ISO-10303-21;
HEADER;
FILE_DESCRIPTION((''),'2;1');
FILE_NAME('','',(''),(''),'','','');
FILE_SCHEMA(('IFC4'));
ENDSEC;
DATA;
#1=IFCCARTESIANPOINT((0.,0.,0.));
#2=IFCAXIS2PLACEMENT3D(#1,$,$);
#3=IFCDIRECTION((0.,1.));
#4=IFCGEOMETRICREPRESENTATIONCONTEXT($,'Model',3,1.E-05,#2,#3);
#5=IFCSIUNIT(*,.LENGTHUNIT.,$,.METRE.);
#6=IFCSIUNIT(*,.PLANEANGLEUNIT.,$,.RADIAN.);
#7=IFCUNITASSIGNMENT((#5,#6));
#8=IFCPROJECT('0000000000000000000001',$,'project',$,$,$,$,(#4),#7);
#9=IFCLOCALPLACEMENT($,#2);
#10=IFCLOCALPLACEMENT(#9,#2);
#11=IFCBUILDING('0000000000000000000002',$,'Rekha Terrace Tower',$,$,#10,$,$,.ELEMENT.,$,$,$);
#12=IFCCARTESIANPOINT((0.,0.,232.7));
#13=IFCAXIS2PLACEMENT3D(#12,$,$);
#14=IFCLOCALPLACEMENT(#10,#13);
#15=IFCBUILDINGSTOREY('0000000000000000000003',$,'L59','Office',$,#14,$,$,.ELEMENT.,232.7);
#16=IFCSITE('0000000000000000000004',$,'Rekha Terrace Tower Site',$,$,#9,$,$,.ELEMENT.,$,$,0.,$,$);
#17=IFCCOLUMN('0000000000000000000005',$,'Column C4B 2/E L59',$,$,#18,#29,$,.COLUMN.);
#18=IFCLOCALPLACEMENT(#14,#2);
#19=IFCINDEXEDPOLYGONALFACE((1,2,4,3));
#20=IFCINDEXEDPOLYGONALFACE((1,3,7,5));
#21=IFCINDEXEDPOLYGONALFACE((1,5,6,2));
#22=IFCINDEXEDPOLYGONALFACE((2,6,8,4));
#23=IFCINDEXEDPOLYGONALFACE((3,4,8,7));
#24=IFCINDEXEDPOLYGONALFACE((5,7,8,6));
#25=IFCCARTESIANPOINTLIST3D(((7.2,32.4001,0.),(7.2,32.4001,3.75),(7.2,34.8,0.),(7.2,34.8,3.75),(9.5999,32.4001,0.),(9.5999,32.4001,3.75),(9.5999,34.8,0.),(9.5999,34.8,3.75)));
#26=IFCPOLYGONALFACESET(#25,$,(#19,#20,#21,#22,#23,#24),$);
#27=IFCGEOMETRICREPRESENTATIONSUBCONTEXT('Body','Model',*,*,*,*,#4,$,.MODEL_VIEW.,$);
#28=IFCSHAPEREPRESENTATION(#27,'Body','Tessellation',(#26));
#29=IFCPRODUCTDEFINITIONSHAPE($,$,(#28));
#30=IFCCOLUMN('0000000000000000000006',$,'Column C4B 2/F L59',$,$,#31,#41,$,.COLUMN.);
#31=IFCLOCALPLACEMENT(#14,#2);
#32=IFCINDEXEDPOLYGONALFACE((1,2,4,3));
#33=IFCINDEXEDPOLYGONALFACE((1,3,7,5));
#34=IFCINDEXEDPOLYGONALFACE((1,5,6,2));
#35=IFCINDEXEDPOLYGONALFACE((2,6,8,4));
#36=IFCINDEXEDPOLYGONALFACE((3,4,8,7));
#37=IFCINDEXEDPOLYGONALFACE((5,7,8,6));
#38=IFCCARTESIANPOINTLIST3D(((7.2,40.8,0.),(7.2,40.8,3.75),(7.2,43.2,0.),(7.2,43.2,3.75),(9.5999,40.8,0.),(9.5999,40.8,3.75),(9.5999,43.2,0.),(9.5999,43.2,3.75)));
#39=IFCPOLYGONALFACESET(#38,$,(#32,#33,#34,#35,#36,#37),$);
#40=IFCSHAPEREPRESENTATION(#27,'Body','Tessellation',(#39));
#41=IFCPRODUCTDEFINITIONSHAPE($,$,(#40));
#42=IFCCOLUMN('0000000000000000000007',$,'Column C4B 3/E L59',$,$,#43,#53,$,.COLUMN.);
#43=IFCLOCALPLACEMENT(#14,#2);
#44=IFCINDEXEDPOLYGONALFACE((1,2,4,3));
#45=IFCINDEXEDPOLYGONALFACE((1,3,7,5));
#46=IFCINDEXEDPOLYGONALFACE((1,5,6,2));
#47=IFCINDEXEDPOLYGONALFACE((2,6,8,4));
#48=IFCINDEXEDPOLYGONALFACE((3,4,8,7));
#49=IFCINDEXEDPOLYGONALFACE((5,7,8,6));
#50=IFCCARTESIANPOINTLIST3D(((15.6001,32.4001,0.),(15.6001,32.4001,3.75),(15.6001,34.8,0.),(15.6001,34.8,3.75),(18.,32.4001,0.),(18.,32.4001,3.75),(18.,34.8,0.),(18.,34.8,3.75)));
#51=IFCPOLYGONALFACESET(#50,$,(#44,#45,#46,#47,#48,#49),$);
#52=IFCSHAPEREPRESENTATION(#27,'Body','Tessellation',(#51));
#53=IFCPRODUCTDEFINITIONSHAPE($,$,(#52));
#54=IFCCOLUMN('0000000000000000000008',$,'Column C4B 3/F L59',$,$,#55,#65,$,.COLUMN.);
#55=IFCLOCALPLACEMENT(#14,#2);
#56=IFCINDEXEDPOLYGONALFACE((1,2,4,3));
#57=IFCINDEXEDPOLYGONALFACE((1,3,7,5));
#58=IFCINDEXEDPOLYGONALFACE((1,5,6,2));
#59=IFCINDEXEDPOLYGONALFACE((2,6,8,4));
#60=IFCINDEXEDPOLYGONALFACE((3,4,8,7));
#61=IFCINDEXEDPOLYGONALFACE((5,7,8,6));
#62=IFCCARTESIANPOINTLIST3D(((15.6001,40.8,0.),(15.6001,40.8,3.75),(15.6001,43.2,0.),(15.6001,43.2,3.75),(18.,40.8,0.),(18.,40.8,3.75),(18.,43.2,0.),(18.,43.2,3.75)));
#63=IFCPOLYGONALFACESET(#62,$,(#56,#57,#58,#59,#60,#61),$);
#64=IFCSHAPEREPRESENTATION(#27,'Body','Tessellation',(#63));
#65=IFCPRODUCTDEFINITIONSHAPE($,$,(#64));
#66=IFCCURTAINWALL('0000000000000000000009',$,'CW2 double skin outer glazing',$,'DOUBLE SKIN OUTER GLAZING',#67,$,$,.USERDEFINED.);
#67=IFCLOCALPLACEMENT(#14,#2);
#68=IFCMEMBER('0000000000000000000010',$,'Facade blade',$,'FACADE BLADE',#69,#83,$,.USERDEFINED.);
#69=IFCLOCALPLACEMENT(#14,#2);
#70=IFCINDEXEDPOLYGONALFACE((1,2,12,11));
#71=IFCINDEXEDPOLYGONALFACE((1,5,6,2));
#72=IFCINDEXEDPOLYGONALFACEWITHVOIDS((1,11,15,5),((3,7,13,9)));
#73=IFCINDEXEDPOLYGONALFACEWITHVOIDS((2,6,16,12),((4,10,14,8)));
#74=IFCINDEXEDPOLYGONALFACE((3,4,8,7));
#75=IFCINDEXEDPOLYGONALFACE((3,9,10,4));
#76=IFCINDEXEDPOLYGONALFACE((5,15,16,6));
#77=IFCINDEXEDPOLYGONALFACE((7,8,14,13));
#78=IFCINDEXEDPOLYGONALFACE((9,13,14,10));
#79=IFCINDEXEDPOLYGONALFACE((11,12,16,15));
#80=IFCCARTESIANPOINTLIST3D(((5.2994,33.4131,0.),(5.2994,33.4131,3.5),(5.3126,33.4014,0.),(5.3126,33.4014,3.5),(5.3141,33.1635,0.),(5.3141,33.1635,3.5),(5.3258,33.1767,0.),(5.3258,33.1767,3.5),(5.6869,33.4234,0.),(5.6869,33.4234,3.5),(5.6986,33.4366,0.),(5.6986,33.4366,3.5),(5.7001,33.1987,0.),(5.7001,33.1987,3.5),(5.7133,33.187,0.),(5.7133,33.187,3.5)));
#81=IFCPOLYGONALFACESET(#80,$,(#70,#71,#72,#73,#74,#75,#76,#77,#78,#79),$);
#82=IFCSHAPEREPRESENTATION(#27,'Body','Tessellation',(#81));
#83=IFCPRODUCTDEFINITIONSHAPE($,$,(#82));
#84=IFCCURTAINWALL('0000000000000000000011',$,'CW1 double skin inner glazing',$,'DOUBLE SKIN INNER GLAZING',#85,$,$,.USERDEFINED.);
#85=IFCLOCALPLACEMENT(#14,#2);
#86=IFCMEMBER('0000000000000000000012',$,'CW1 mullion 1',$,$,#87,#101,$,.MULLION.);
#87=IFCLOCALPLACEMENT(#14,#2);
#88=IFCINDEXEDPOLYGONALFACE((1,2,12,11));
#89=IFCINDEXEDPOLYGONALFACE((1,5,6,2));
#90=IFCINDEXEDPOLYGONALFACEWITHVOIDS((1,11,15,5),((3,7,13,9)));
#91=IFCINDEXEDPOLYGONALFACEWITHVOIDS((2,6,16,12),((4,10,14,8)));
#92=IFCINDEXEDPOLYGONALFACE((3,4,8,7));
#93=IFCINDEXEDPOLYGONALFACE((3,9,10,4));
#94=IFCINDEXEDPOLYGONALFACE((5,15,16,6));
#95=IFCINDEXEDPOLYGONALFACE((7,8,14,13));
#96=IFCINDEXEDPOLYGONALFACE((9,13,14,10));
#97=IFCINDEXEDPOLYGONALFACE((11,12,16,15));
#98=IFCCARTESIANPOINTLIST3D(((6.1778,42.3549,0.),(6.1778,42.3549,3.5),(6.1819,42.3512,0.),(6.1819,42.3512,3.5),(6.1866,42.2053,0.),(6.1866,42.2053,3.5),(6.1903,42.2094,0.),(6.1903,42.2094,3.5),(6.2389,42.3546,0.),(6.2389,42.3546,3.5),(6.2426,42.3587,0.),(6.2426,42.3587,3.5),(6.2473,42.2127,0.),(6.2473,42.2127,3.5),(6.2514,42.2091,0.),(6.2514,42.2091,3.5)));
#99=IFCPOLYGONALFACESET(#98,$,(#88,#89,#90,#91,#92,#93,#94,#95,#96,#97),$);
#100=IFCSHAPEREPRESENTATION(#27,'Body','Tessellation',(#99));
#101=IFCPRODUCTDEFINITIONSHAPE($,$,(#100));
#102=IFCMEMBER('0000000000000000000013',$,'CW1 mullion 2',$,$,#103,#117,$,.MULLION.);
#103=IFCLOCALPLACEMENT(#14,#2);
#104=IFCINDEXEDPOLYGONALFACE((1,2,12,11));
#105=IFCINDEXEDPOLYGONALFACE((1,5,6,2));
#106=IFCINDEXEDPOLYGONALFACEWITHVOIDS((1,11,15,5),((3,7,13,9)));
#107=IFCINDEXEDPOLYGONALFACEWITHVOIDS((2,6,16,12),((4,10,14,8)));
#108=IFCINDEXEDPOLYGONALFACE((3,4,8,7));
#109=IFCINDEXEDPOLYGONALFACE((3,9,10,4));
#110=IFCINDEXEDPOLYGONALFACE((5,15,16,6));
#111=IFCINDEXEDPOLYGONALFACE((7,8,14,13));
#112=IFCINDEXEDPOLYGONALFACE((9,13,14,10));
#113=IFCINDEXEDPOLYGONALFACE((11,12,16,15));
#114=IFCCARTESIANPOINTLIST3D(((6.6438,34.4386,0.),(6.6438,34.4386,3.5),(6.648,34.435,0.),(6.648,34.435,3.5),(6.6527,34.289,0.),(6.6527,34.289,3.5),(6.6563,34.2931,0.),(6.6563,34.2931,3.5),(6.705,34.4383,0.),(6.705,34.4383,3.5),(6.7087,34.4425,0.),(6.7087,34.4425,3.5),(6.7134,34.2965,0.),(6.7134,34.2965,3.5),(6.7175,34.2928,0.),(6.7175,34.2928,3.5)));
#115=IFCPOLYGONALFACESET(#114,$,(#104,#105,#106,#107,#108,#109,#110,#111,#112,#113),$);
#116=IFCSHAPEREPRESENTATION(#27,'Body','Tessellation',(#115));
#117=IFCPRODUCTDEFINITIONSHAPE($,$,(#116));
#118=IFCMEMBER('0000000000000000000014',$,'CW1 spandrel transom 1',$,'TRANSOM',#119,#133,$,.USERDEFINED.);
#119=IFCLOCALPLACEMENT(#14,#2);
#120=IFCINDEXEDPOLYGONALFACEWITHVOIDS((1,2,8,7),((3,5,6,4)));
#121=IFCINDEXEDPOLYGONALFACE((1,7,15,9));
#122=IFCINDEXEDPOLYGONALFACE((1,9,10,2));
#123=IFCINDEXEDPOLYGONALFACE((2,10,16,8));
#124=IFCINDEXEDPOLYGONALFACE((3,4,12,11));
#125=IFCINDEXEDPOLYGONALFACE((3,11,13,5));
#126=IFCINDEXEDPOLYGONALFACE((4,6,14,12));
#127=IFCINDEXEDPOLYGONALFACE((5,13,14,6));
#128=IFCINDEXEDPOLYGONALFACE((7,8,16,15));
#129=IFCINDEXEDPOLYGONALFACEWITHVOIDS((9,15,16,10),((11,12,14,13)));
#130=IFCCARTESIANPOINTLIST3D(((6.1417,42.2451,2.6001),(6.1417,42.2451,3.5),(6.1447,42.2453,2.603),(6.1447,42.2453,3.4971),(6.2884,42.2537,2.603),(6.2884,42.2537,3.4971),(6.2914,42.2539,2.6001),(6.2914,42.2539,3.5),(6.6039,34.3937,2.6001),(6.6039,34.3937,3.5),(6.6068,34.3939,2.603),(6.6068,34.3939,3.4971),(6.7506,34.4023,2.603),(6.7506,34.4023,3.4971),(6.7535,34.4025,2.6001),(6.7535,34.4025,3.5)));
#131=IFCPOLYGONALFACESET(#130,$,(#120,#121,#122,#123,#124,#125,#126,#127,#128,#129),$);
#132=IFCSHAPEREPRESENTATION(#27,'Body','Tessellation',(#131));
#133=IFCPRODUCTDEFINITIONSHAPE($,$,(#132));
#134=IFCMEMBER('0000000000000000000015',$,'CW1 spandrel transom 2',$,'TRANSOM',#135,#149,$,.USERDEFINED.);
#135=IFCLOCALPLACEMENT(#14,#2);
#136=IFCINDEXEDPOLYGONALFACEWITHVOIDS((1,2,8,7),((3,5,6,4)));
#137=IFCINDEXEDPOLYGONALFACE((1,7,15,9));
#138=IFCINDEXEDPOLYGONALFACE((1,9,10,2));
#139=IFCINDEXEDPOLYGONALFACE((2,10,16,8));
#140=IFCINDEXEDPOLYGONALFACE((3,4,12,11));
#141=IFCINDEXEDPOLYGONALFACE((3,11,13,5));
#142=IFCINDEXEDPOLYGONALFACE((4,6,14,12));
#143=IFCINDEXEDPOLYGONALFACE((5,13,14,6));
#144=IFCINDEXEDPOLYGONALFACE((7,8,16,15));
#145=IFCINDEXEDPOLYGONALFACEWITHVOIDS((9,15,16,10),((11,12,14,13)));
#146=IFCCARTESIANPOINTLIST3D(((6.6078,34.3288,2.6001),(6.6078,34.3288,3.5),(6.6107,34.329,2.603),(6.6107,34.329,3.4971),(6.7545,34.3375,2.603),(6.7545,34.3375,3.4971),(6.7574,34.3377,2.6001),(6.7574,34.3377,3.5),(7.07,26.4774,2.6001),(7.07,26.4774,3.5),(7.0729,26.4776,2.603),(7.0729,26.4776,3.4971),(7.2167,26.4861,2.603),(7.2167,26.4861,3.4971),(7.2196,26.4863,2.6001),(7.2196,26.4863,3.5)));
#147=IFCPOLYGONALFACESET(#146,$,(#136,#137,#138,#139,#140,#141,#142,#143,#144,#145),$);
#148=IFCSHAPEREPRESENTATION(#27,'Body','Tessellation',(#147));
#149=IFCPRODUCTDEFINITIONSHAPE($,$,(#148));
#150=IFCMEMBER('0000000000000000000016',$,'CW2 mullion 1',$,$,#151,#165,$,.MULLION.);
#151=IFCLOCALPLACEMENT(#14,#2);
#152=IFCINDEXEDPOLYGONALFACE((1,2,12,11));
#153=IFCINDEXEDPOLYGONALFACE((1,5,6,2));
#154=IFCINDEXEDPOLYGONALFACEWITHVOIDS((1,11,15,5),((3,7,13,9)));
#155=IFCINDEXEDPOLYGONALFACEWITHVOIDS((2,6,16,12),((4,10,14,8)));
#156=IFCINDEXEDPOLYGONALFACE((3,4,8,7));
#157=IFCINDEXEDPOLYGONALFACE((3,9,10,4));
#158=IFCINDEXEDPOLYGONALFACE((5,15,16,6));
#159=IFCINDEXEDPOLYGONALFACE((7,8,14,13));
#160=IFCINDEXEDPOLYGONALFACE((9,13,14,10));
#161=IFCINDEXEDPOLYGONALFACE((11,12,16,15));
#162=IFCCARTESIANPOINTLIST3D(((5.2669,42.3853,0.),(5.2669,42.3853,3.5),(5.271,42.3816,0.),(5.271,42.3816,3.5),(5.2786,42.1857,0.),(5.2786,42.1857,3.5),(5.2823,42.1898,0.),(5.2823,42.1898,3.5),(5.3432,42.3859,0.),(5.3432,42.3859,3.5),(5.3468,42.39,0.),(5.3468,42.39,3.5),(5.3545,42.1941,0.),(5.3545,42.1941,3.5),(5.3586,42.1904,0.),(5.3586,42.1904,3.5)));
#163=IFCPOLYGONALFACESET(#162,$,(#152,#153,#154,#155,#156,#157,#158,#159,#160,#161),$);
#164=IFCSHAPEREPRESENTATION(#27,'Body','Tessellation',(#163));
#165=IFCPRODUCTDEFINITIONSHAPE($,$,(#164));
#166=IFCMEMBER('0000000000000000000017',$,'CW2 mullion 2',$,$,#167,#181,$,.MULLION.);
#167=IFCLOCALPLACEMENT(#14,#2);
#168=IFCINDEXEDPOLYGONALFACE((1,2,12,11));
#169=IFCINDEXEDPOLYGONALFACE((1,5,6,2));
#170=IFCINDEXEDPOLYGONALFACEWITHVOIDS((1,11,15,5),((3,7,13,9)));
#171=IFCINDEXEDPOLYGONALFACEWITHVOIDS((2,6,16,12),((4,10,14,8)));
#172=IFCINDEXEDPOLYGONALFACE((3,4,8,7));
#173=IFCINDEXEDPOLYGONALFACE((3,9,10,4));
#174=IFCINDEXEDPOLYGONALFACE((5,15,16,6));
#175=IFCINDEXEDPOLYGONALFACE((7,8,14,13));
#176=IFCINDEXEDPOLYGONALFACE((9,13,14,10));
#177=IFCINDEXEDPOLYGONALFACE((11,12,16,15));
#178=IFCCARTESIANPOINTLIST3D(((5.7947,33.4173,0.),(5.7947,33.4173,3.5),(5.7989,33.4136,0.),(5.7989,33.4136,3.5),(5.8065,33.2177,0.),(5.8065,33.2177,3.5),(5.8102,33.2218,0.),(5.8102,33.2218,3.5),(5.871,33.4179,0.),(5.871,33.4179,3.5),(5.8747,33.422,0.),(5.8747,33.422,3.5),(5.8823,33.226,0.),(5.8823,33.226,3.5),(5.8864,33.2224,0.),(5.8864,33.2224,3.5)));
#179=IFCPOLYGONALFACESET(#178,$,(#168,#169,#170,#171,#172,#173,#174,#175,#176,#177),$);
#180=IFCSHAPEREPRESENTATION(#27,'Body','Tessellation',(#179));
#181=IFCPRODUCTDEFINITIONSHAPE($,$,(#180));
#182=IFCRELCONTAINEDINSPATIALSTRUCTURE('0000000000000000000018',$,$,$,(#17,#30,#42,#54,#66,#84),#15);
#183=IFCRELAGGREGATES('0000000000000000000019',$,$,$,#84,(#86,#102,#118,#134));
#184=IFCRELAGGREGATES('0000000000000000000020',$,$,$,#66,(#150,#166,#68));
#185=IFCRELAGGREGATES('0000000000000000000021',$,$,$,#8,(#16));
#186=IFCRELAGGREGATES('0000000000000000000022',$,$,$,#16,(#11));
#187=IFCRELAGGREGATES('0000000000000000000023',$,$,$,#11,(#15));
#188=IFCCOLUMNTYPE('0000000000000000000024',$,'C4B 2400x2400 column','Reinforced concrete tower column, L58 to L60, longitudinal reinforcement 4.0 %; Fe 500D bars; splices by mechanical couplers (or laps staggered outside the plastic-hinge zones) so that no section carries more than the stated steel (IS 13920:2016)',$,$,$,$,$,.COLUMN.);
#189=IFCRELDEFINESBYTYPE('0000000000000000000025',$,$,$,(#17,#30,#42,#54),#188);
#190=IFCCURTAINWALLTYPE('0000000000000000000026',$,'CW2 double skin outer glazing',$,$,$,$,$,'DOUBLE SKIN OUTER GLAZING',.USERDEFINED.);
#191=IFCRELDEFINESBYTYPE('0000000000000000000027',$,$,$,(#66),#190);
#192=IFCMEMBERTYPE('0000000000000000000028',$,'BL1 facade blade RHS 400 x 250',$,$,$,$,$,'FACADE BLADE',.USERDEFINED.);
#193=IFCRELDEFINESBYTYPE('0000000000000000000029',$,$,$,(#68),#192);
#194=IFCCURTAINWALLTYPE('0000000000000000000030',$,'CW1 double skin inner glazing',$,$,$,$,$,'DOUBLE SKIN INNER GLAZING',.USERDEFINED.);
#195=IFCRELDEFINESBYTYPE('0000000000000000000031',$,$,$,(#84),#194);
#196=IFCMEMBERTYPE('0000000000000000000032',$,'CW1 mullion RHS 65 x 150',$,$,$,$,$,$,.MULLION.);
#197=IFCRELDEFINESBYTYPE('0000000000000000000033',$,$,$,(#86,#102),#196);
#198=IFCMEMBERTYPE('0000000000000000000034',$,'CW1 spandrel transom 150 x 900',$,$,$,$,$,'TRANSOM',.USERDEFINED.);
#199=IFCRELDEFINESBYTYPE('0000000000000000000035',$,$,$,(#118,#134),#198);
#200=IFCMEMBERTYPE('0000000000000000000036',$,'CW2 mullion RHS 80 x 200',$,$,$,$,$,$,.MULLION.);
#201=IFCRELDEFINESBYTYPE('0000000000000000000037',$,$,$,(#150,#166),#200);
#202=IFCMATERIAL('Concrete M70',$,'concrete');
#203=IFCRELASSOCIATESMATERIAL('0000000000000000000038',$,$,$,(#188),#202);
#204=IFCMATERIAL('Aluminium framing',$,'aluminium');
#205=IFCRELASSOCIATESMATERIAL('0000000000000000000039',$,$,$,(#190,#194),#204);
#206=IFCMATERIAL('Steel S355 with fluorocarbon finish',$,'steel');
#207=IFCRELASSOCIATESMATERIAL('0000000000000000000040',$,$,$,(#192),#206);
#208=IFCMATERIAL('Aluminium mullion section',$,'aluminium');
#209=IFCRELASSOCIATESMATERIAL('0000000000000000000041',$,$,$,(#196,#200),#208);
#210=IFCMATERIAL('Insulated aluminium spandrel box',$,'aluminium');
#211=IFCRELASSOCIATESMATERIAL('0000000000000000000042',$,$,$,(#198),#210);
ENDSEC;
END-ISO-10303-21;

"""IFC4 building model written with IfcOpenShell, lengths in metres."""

from ifc_helpers import new_model, si_unit, direction, frame, origin, origin_2d, place, context, subcontext, project, spatial, rectangle, hollow_rectangle, extrude, material, material_profile, profile_set, type_object, element, aggregate, save


model = new_model("IFC4")

# Units and contexts
model_context = context("Model", 3, precision=1e-05, world=origin(), true_north=direction((0.0, 1.0)))
body_context = subcontext(model_context, "Body", "Model", "MODEL_VIEW")
ifc_project = project(units=[si_unit("LENGTHUNIT", "METRE"), si_unit("PLANEANGLEUNIT", "RADIAN")], contexts=[model_context])

# Site, building, storey
site_placement = place(None, origin())
site = spatial("IfcSite", under=ifc_project, at=site_placement, Name="Rekha Terrace Tower Site", CompositionType="ELEMENT", RefElevation=0.0)
building_placement = place(site_placement, origin())
building = spatial("IfcBuilding", under=site, at=building_placement, Name="Rekha Terrace Tower", CompositionType="ELEMENT")
storey_placement = place(building_placement, frame((0.0, 0.0, 232.7)))
storey = spatial("IfcBuildingStorey", under=building, at=storey_placement, Name="L59", Description="Office", CompositionType="ELEMENT", Elevation=232.7)

# Columns
ifc_material_1 = material(Name="Concrete M70", Category="concrete")
ifc_material_profile_1 = material_profile(ifc_material_1, rectangle(XDim=2.3999, YDim=2.3999, at=origin_2d()), Name="RC 2400x2400")
ifc_profile_set_1 = profile_set([ifc_material_profile_1], Name="Concrete M70")
column_type = type_object("IfcColumnType", Name="C4B 2400x2400 column", Description="Reinforced concrete tower column, L58 to L60, longitudinal reinforcement 4.0 %; Fe 500D bars; splices by mechanical couplers (or laps staggered outside the plastic-hinge zones) so that no section carries more than the stated steel (IS 13920:2016)", PredefinedType="COLUMN", material=ifc_profile_set_1)
for number, where, z_axis, x_axis, name in (
    (1, (8.3999, 33.6001, 0.0), (0.0, 0.0, 1.0), (1.0, 0.0, 0.0), "Column C4B 2/E L59"),
    (2, (8.3999, 42.0, 0.0), (0.0, 0.0, 1.0), (1.0, 0.0, 0.0), "Column C4B 2/F L59"),
    (3, (16.8, 33.6001, 0.0), (0.0, 0.0, 1.0), (1.0, 0.0, 0.0), "Column C4B 3/E L59"),
    (4, (16.8, 42.0, 0.0), (0.0, 0.0, 1.0), (1.0, 0.0, 0.0), "Column C4B 3/F L59"),
):
    element("IfcColumn", number, at=place(storey_placement, frame(where, z_axis=z_axis, x_axis=x_axis)), inside=storey, type_object=column_type, Name=name, PredefinedType="COLUMN", context=body_context, shape_type="SweptSolid", body=[
        extrude(rectangle(XDim=2.3999, YDim=2.3999, at=origin_2d()), origin(), (0.0, 0.0, 1.0), 3.75),
    ])

# Curtain wall, member
ifc_material_2 = material(Name="Aluminium framing", Category="aluminium")
curtain_wall_type_1 = type_object("IfcCurtainWallType", Name="CW2 double skin outer glazing", ElementType="DOUBLE SKIN OUTER GLAZING", PredefinedType="USERDEFINED", material=ifc_material_2)
curtain_wall_1_placement = place(storey_placement, origin())
curtain_wall_1 = element("IfcCurtainWall", 5, at=curtain_wall_1_placement, inside=storey, type_object=curtain_wall_type_1, Name="CW2 double skin outer glazing", ObjectType="DOUBLE SKIN OUTER GLAZING", PredefinedType="USERDEFINED")
ifc_material_3 = material(Name="Steel S355 with fluorocarbon finish", Category="steel")
ifc_material_profile_2 = material_profile(ifc_material_3, hollow_rectangle(XDim=0.25, YDim=0.3999, WallThickness=0.0125, at=origin_2d()), Name="RHS400x250x12.5")
ifc_profile_set_2 = profile_set([ifc_material_profile_2], Name="Steel S355 with fluorocarbon finish")
member_type_1 = type_object("IfcMemberType", Name="BL1 facade blade RHS 400 x 250", ElementType="FACADE BLADE", PredefinedType="USERDEFINED", material=ifc_profile_set_2)
member_1_placement = place(storey_placement, frame((5.5063, 33.3, 0.0), z_axis=(0.0, 0.0, 1.0), x_axis=(0.058765, -0.998272, 0.0)))
member_1 = element("IfcMember", 6, at=member_1_placement, type_object=member_type_1, Name="Facade blade", ObjectType="FACADE BLADE", PredefinedType="USERDEFINED", context=body_context, shape_type="SweptSolid", body=[
    extrude(hollow_rectangle(XDim=0.25, YDim=0.3999, WallThickness=0.0125, at=origin_2d()), origin(), (0.0, 0.0, 1.0), 3.5),
])

# Curtain wall, members
curtain_wall_type_2 = type_object("IfcCurtainWallType", Name="CW1 double skin inner glazing", ElementType="DOUBLE SKIN INNER GLAZING", PredefinedType="USERDEFINED", material=ifc_material_2)
curtain_wall_2_placement = place(storey_placement, origin())
curtain_wall_2 = element("IfcCurtainWall", 7, at=curtain_wall_2_placement, inside=storey, type_object=curtain_wall_type_2, Name="CW1 double skin inner glazing", ObjectType="DOUBLE SKIN INNER GLAZING", PredefinedType="USERDEFINED")
ifc_material_4 = material(Name="Aluminium mullion section", Category="aluminium")
ifc_material_profile_3 = material_profile(ifc_material_4, hollow_rectangle(XDim=0.0649, YDim=0.1499, WallThickness=0.0039, at=origin_2d()), Name="AL RHS 65x150")
ifc_profile_set_3 = profile_set([ifc_material_profile_3], Name="Aluminium mullion section")
member_type_2 = type_object("IfcMemberType", Name="CW1 mullion RHS 65 x 150", PredefinedType="MULLION", material=ifc_profile_set_3)
member_2_placement = place(storey_placement, frame((6.2146, 42.282, 0.0), z_axis=(0.0, 0.0, 1.0), x_axis=(0.998272, 0.058765, 0.0)))
member_2 = element("IfcMember", 8, at=member_2_placement, type_object=member_type_2, Name="CW1 mullion 1", PredefinedType="MULLION", context=body_context, shape_type="SweptSolid", body=[
    extrude(hollow_rectangle(XDim=0.0649, YDim=0.1499, WallThickness=0.0039, at=origin_2d()), origin(), (0.0, 0.0, 1.0), 3.5),
])
member_3_placement = place(storey_placement, frame((6.6807, 34.3657, 0.0), z_axis=(0.0, 0.0, 1.0), x_axis=(0.998272, 0.058765, 0.0)))
member_3 = element("IfcMember", 9, at=member_3_placement, type_object=member_type_2, Name="CW1 mullion 2", PredefinedType="MULLION", context=body_context, shape_type="SweptSolid", body=[
    extrude(hollow_rectangle(XDim=0.0649, YDim=0.1499, WallThickness=0.0039, at=origin_2d()), origin(), (0.0, 0.0, 1.0), 3.5),
])
ifc_material_5 = material(Name="Insulated aluminium spandrel box", Category="aluminium")
ifc_material_profile_4 = material_profile(ifc_material_5, hollow_rectangle(XDim=0.1499, YDim=0.8999, WallThickness=0.0029, at=origin_2d()), Name="AL SPANDREL BOX 150x900")
ifc_profile_set_4 = profile_set([ifc_material_profile_4], Name="Insulated aluminium spandrel box")
member_type_3 = type_object("IfcMemberType", Name="CW1 spandrel transom 150 x 900", ElementType="TRANSOM", PredefinedType="USERDEFINED", material=ifc_profile_set_4)
member_4_placement = place(storey_placement, frame((6.2166, 42.2495, 3.05), z_axis=(0.058762, -0.998272, 0.0), x_axis=(0.998272, 0.058762, 0.0)))
member_4 = element("IfcMember", 10, at=member_4_placement, type_object=member_type_3, Name="CW1 spandrel transom 1", ObjectType="TRANSOM", PredefinedType="USERDEFINED", context=body_context, shape_type="SweptSolid", body=[
    extrude(hollow_rectangle(XDim=0.1499, YDim=0.8999, WallThickness=0.0029, at=origin_2d()), origin(), (0.0, 0.0, 1.0), 7.865),
])
member_5_placement = place(storey_placement, frame((6.6826, 34.3333, 3.05), z_axis=(0.058762, -0.998272, 0.0), x_axis=(0.998272, 0.058762, 0.0)))
member_5 = element("IfcMember", 11, at=member_5_placement, type_object=member_type_3, Name="CW1 spandrel transom 2", ObjectType="TRANSOM", PredefinedType="USERDEFINED", context=body_context, shape_type="SweptSolid", body=[
    extrude(hollow_rectangle(XDim=0.1499, YDim=0.8999, WallThickness=0.0029, at=origin_2d()), origin(), (0.0, 0.0, 1.0), 7.865),
])

# Members
ifc_material_profile_5 = material_profile(ifc_material_4, hollow_rectangle(XDim=0.0801, YDim=0.2, WallThickness=0.0039, at=origin_2d()), Name="AL RHS 80x200")
ifc_profile_set_5 = profile_set([ifc_material_profile_5], Name="Aluminium mullion section")
member_type_4 = type_object("IfcMemberType", Name="CW2 mullion RHS 80 x 200", PredefinedType="MULLION", material=ifc_profile_set_5)
member_6_placement = place(storey_placement, frame((5.3127, 42.2878, 0.0), z_axis=(0.0, 0.0, 1.0), x_axis=(0.998272, 0.058765, 0.0)))
member_6 = element("IfcMember", 12, at=member_6_placement, type_object=member_type_4, Name="CW2 mullion 1", PredefinedType="MULLION", context=body_context, shape_type="SweptSolid", body=[
    extrude(hollow_rectangle(XDim=0.0801, YDim=0.2, WallThickness=0.0039, at=origin_2d()), origin(), (0.0, 0.0, 1.0), 3.5),
])
member_7_placement = place(storey_placement, frame((5.8406, 33.3198, 0.0), z_axis=(0.0, 0.0, 1.0), x_axis=(0.998272, 0.058765, 0.0)))
member_7 = element("IfcMember", 13, at=member_7_placement, type_object=member_type_4, Name="CW2 mullion 2", PredefinedType="MULLION", context=body_context, shape_type="SweptSolid", body=[
    extrude(hollow_rectangle(XDim=0.0801, YDim=0.2, WallThickness=0.0039, at=origin_2d()), origin(), (0.0, 0.0, 1.0), 3.5),
])

aggregate(curtain_wall_2, [member_2, member_3, member_4, member_5])
aggregate(curtain_wall_1, [member_6, member_7, member_1])

save(model, "model.ifc")
